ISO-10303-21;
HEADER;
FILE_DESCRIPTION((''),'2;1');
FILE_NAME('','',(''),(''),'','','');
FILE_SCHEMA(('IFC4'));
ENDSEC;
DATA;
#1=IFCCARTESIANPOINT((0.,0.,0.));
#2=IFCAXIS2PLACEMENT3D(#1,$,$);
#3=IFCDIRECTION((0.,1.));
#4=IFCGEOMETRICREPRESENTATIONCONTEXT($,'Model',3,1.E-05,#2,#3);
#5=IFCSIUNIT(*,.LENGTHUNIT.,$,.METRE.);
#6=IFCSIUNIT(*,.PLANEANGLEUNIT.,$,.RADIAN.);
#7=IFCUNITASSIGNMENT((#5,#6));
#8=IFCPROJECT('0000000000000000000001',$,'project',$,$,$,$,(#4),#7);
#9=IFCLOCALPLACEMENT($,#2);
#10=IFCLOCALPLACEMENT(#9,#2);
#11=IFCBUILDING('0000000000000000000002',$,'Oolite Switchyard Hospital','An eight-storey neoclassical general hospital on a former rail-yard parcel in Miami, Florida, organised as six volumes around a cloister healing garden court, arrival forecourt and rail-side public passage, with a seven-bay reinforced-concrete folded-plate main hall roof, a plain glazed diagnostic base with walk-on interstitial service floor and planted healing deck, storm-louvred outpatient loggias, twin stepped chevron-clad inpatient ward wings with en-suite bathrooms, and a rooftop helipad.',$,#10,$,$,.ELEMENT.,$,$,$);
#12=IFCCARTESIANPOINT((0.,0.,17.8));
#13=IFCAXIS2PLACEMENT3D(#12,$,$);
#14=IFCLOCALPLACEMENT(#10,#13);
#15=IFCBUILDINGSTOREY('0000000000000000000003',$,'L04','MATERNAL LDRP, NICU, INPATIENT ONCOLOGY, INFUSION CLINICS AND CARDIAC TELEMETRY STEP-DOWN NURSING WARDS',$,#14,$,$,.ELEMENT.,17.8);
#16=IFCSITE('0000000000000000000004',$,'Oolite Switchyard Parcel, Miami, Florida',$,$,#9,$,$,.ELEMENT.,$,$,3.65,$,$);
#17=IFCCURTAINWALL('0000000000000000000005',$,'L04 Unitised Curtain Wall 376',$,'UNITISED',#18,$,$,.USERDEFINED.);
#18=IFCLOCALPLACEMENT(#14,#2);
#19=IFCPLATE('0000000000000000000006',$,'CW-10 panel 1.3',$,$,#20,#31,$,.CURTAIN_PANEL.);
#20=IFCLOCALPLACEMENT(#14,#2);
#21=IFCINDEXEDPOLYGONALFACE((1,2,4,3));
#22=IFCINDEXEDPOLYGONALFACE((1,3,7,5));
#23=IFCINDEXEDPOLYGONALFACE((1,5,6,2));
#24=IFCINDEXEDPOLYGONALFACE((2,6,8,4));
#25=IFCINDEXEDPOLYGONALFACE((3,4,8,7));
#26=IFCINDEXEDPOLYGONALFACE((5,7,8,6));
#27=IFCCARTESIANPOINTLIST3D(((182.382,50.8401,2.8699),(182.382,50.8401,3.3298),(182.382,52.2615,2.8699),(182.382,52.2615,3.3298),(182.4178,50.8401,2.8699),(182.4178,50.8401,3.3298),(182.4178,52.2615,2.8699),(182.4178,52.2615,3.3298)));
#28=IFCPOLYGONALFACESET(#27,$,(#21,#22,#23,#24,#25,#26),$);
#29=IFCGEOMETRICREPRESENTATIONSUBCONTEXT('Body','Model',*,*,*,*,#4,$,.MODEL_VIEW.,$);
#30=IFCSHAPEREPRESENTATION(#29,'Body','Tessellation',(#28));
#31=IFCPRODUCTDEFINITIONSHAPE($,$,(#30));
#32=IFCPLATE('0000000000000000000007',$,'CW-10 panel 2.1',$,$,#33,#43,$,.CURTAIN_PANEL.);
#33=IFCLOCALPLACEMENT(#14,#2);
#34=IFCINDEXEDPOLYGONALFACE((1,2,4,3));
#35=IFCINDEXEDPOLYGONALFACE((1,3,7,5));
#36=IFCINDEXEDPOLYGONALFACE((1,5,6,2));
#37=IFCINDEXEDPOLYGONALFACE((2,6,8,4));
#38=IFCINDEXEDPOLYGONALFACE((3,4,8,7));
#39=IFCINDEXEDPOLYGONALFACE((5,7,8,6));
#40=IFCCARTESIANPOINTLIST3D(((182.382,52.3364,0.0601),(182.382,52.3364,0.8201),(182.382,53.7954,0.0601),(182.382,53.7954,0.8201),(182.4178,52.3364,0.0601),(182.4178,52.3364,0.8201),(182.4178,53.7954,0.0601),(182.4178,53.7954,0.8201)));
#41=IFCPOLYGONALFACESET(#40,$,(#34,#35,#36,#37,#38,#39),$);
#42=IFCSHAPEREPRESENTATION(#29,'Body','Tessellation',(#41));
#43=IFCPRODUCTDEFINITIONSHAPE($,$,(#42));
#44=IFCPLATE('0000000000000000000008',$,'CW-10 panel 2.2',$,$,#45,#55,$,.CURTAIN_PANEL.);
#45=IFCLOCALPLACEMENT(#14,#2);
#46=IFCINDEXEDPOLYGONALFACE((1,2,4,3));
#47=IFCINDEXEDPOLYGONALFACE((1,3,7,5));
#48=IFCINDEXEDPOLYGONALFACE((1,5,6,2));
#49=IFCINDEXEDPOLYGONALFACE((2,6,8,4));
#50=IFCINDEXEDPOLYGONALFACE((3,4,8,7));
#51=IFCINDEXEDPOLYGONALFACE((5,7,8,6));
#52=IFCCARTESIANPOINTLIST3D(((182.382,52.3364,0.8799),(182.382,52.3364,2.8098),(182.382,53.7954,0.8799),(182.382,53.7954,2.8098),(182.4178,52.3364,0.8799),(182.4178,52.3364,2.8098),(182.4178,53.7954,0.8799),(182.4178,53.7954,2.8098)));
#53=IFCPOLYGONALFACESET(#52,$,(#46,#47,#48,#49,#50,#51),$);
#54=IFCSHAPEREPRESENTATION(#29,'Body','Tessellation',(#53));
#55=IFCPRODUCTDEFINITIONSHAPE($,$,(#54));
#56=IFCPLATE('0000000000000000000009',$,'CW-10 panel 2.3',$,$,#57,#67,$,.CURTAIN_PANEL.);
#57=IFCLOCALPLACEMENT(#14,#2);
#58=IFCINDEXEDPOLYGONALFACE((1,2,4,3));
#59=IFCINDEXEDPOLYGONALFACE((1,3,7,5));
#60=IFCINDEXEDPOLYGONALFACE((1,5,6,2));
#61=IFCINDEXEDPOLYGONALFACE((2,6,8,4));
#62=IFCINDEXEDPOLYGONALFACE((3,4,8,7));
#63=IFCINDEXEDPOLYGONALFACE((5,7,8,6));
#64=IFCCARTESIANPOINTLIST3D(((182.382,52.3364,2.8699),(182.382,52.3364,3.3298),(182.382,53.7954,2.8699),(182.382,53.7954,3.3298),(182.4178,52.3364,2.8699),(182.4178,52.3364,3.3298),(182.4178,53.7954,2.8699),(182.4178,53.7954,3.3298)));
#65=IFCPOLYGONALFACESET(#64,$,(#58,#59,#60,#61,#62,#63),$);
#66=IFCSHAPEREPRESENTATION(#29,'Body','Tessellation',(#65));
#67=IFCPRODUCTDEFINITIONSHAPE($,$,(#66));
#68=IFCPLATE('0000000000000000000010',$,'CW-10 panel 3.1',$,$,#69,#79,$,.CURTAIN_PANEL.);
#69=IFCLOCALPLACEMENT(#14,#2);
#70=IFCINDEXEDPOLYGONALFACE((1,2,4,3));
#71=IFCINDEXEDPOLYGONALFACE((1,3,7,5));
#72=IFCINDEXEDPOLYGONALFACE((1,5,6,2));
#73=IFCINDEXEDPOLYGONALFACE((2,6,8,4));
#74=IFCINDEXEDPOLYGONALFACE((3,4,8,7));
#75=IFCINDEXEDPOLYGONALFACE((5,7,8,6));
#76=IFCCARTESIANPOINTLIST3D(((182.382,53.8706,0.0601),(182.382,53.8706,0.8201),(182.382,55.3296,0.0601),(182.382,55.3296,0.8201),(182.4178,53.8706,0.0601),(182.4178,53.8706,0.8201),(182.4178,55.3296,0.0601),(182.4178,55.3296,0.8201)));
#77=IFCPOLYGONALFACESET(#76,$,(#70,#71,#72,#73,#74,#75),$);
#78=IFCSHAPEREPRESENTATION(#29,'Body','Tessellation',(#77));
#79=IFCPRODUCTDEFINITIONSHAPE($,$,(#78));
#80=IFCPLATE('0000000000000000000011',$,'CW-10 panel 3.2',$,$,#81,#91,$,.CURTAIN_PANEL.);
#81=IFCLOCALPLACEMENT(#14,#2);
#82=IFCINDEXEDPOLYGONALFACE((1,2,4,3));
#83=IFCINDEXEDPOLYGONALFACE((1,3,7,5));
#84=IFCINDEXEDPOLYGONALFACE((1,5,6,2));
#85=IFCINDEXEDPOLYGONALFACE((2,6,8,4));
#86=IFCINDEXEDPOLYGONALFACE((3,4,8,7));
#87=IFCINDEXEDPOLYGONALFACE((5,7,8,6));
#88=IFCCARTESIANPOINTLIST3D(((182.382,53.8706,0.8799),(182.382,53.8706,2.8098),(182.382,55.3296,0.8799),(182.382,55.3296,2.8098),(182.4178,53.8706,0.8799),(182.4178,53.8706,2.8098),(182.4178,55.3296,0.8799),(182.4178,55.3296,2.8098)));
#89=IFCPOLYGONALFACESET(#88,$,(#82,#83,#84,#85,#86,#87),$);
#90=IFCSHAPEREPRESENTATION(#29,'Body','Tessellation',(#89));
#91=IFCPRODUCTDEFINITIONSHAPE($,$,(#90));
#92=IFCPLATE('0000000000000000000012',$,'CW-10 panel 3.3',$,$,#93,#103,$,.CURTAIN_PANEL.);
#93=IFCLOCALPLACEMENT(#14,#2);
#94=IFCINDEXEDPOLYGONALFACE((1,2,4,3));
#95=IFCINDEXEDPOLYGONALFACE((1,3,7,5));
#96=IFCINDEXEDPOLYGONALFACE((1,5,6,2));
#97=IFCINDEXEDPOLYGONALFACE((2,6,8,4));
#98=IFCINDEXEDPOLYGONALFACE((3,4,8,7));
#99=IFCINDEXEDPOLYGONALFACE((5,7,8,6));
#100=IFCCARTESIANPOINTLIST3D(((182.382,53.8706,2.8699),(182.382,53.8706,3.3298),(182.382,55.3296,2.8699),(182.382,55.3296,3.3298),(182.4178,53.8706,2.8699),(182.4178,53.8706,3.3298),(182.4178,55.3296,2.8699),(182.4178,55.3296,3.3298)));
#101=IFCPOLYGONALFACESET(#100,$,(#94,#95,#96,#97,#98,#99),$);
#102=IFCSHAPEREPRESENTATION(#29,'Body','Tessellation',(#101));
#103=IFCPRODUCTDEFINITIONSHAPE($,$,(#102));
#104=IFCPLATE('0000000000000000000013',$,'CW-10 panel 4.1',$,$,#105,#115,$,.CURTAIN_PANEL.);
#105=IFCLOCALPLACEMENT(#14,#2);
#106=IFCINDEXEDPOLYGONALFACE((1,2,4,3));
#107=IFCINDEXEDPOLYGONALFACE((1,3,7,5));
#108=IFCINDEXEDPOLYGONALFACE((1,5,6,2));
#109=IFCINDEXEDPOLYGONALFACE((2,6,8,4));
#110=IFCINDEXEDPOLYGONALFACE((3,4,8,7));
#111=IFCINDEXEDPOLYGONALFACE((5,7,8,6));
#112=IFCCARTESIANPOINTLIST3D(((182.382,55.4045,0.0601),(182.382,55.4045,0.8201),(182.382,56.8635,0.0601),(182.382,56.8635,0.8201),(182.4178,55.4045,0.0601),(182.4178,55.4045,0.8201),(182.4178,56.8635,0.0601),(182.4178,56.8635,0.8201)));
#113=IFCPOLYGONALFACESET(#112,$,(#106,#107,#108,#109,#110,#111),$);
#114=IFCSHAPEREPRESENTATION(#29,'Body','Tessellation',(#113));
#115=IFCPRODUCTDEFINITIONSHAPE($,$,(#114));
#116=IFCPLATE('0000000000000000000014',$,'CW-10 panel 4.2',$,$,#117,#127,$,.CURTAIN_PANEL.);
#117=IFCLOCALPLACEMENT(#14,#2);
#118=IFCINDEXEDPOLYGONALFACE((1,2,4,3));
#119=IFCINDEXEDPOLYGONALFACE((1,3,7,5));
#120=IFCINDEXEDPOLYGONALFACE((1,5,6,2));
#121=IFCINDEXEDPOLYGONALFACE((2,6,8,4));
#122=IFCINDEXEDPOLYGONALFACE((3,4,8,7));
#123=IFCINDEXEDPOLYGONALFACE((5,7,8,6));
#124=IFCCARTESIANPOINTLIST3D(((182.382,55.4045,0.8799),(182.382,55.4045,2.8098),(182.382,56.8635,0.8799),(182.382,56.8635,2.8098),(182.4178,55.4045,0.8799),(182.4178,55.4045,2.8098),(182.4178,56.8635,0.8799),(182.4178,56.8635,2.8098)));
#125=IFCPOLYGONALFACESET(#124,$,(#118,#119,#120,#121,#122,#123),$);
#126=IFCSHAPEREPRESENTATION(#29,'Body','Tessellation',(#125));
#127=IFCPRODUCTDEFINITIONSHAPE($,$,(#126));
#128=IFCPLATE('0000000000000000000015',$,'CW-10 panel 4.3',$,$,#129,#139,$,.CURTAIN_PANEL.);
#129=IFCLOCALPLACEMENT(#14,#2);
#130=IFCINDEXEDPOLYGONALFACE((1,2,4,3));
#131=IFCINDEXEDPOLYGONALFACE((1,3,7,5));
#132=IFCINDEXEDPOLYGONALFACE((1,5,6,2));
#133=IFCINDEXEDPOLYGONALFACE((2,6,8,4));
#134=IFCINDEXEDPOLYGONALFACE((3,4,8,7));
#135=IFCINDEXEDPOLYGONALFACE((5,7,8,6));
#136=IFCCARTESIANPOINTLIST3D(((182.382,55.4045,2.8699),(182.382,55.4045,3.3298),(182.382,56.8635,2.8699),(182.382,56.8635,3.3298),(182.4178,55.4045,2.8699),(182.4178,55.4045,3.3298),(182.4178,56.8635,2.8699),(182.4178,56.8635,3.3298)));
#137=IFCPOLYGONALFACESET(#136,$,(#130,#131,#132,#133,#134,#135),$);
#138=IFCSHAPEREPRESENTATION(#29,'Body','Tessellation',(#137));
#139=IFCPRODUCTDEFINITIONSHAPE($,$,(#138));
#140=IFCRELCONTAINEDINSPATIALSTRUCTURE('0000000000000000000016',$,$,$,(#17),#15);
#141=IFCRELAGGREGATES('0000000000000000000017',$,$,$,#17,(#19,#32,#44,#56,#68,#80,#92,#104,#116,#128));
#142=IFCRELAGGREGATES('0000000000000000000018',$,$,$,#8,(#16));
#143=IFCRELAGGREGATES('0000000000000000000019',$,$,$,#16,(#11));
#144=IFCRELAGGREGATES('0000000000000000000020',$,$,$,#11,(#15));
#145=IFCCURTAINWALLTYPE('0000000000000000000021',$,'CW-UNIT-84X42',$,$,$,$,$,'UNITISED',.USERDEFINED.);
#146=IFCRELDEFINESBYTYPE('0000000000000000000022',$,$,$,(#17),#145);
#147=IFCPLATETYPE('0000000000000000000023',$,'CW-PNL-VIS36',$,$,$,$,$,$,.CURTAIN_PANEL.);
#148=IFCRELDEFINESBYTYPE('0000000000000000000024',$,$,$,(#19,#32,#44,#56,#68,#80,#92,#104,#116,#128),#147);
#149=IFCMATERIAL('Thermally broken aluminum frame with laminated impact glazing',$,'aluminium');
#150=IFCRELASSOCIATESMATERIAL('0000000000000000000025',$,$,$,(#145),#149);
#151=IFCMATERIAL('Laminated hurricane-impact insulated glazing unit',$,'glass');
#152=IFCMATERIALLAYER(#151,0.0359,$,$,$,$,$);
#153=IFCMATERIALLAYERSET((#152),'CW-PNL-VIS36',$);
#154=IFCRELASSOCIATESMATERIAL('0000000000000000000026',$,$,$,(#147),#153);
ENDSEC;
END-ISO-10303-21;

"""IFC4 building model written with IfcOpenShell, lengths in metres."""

from ifc_helpers import new_model, si_unit, direction, frame, origin, origin_2d, place, context, subcontext, project, spatial, rectangle, extrude, material, layer, layer_set, type_object, element, aggregate, save


model = new_model("IFC4")

# Units and contexts
model_context = context("Model", 3, precision=1e-05, world=origin(), true_north=direction((0.0, 1.0)))
body_context = subcontext(model_context, "Body", "Model", "MODEL_VIEW")
ifc_project = project(units=[si_unit("LENGTHUNIT", "METRE"), si_unit("PLANEANGLEUNIT", "RADIAN")], contexts=[model_context])

# Site, building, storey
site_placement = place(None, origin())
site = spatial("IfcSite", under=ifc_project, at=site_placement, Name="Oolite Switchyard Parcel, Miami, Florida", CompositionType="ELEMENT", RefElevation=3.65)
building_placement = place(site_placement, origin())
building = spatial("IfcBuilding", under=site, at=building_placement, Name="Oolite Switchyard Hospital", Description="An eight-storey neoclassical general hospital on a former rail-yard parcel in Miami, Florida, organised as six volumes around a cloister healing garden court, arrival forecourt and rail-side public passage, with a seven-bay reinforced-concrete folded-plate main hall roof, a plain glazed diagnostic base with walk-on interstitial service floor and planted healing deck, storm-louvred outpatient loggias, twin stepped chevron-clad inpatient ward wings with en-suite bathrooms, and a rooftop helipad.", CompositionType="ELEMENT")
storey_placement = place(building_placement, frame((0.0, 0.0, 17.8)))
storey = spatial("IfcBuildingStorey", under=building, at=storey_placement, Name="L04", Description="MATERNAL LDRP, NICU, INPATIENT ONCOLOGY, INFUSION CLINICS AND CARDIAC TELEMETRY STEP-DOWN NURSING WARDS", CompositionType="ELEMENT", Elevation=17.8)

# Curtain wall, plates
ifc_material_1 = material(Name="Thermally broken aluminum frame with laminated impact glazing", Category="aluminium")
curtain_wall_type = type_object("IfcCurtainWallType", Name="CW-UNIT-84X42", ElementType="UNITISED", PredefinedType="USERDEFINED", material=ifc_material_1)
curtain_wall_placement = place(storey_placement, origin())
curtain_wall = element("IfcCurtainWall", 1, at=curtain_wall_placement, inside=storey, type_object=curtain_wall_type, Name="L04 Unitised Curtain Wall 376", ObjectType="UNITISED", PredefinedType="USERDEFINED")
ifc_material_2 = material(Name="Laminated hurricane-impact insulated glazing unit", Category="glass")
ifc_layer = layer(ifc_material_2, 0.0359)
ifc_layer_set = layer_set([ifc_layer], Name="CW-PNL-VIS36")
plate_type = type_object("IfcPlateType", Name="CW-PNL-VIS36", PredefinedType="CURTAIN_PANEL", material=ifc_layer_set)
plate_1_placement = place(storey_placement, frame((182.3999, 51.5508, 2.8699), z_axis=(0.0, 0.0, 1.0), x_axis=(0.0, 1.0, 0.0)))
plate_1 = element("IfcPlate", 2, at=plate_1_placement, type_object=plate_type, Name="CW-10 panel 1.3", PredefinedType="CURTAIN_PANEL", context=body_context, shape_type="SweptSolid", body=[
    extrude(rectangle(XDim=1.4214, YDim=0.0359, at=origin_2d()), origin(), (0.0, 0.0, 1.0), 0.46),
])
plate_2_placement = place(storey_placement, frame((182.3999, 53.0659, 0.0601), z_axis=(0.0, 0.0, 1.0), x_axis=(0.0, 1.0, 0.0)))
plate_2 = element("IfcPlate", 3, at=plate_2_placement, type_object=plate_type, Name="CW-10 panel 2.1", PredefinedType="CURTAIN_PANEL", context=body_context, shape_type="SweptSolid", body=[
    extrude(rectangle(XDim=1.459, YDim=0.0359, at=origin_2d()), origin(), (0.0, 0.0, 1.0), 0.76),
])
plate_3_placement = place(storey_placement, frame((182.3999, 53.0659, 0.8799), z_axis=(0.0, 0.0, 1.0), x_axis=(0.0, 1.0, 0.0)))
plate_3 = element("IfcPlate", 4, at=plate_3_placement, type_object=plate_type, Name="CW-10 panel 2.2", PredefinedType="CURTAIN_PANEL", context=body_context, shape_type="SweptSolid", body=[
    extrude(rectangle(XDim=1.459, YDim=0.0359, at=origin_2d()), origin(), (0.0, 0.0, 1.0), 1.9299),
])
plate_4_placement = place(storey_placement, frame((182.3999, 53.0659, 2.8699), z_axis=(0.0, 0.0, 1.0), x_axis=(0.0, 1.0, 0.0)))
plate_4 = element("IfcPlate", 5, at=plate_4_placement, type_object=plate_type, Name="CW-10 panel 2.3", PredefinedType="CURTAIN_PANEL", context=body_context, shape_type="SweptSolid", body=[
    extrude(rectangle(XDim=1.459, YDim=0.0359, at=origin_2d()), origin(), (0.0, 0.0, 1.0), 0.46),
])
plate_5_placement = place(storey_placement, frame((182.3999, 54.6001, 0.0601), z_axis=(0.0, 0.0, 1.0), x_axis=(0.0, 1.0, 0.0)))
plate_5 = element("IfcPlate", 6, at=plate_5_placement, type_object=plate_type, Name="CW-10 panel 3.1", PredefinedType="CURTAIN_PANEL", context=body_context, shape_type="SweptSolid", body=[
    extrude(rectangle(XDim=1.459, YDim=0.0359, at=origin_2d()), origin(), (0.0, 0.0, 1.0), 0.76),
])
plate_6_placement = place(storey_placement, frame((182.3999, 54.6001, 0.8799), z_axis=(0.0, 0.0, 1.0), x_axis=(0.0, 1.0, 0.0)))
plate_6 = element("IfcPlate", 7, at=plate_6_placement, type_object=plate_type, Name="CW-10 panel 3.2", PredefinedType="CURTAIN_PANEL", context=body_context, shape_type="SweptSolid", body=[
    extrude(rectangle(XDim=1.459, YDim=0.0359, at=origin_2d()), origin(), (0.0, 0.0, 1.0), 1.9299),
])
plate_7_placement = place(storey_placement, frame((182.3999, 54.6001, 2.8699), z_axis=(0.0, 0.0, 1.0), x_axis=(0.0, 1.0, 0.0)))
plate_7 = element("IfcPlate", 8, at=plate_7_placement, type_object=plate_type, Name="CW-10 panel 3.3", PredefinedType="CURTAIN_PANEL", context=body_context, shape_type="SweptSolid", body=[
    extrude(rectangle(XDim=1.459, YDim=0.0359, at=origin_2d()), origin(), (0.0, 0.0, 1.0), 0.46),
])
plate_8_placement = place(storey_placement, frame((182.3999, 56.134, 0.0601), z_axis=(0.0, 0.0, 1.0), x_axis=(0.0, 1.0, 0.0)))
plate_8 = element("IfcPlate", 9, at=plate_8_placement, type_object=plate_type, Name="CW-10 panel 4.1", PredefinedType="CURTAIN_PANEL", context=body_context, shape_type="SweptSolid", body=[
    extrude(rectangle(XDim=1.459, YDim=0.0359, at=origin_2d()), origin(), (0.0, 0.0, 1.0), 0.76),
])
plate_9_placement = place(storey_placement, frame((182.3999, 56.134, 0.8799), z_axis=(0.0, 0.0, 1.0), x_axis=(0.0, 1.0, 0.0)))
plate_9 = element("IfcPlate", 10, at=plate_9_placement, type_object=plate_type, Name="CW-10 panel 4.2", PredefinedType="CURTAIN_PANEL", context=body_context, shape_type="SweptSolid", body=[
    extrude(rectangle(XDim=1.459, YDim=0.0359, at=origin_2d()), origin(), (0.0, 0.0, 1.0), 1.9299),
])
plate_10_placement = place(storey_placement, frame((182.3999, 56.134, 2.8699), z_axis=(0.0, 0.0, 1.0), x_axis=(0.0, 1.0, 0.0)))
plate_10 = element("IfcPlate", 11, at=plate_10_placement, type_object=plate_type, Name="CW-10 panel 4.3", PredefinedType="CURTAIN_PANEL", context=body_context, shape_type="SweptSolid", body=[
    extrude(rectangle(XDim=1.459, YDim=0.0359, at=origin_2d()), origin(), (0.0, 0.0, 1.0), 0.46),
])
aggregate(curtain_wall, [plate_1, plate_2, plate_3, plate_4, plate_5, plate_6, plate_7, plate_8, plate_9, plate_10])

save(model, "model.ifc")
